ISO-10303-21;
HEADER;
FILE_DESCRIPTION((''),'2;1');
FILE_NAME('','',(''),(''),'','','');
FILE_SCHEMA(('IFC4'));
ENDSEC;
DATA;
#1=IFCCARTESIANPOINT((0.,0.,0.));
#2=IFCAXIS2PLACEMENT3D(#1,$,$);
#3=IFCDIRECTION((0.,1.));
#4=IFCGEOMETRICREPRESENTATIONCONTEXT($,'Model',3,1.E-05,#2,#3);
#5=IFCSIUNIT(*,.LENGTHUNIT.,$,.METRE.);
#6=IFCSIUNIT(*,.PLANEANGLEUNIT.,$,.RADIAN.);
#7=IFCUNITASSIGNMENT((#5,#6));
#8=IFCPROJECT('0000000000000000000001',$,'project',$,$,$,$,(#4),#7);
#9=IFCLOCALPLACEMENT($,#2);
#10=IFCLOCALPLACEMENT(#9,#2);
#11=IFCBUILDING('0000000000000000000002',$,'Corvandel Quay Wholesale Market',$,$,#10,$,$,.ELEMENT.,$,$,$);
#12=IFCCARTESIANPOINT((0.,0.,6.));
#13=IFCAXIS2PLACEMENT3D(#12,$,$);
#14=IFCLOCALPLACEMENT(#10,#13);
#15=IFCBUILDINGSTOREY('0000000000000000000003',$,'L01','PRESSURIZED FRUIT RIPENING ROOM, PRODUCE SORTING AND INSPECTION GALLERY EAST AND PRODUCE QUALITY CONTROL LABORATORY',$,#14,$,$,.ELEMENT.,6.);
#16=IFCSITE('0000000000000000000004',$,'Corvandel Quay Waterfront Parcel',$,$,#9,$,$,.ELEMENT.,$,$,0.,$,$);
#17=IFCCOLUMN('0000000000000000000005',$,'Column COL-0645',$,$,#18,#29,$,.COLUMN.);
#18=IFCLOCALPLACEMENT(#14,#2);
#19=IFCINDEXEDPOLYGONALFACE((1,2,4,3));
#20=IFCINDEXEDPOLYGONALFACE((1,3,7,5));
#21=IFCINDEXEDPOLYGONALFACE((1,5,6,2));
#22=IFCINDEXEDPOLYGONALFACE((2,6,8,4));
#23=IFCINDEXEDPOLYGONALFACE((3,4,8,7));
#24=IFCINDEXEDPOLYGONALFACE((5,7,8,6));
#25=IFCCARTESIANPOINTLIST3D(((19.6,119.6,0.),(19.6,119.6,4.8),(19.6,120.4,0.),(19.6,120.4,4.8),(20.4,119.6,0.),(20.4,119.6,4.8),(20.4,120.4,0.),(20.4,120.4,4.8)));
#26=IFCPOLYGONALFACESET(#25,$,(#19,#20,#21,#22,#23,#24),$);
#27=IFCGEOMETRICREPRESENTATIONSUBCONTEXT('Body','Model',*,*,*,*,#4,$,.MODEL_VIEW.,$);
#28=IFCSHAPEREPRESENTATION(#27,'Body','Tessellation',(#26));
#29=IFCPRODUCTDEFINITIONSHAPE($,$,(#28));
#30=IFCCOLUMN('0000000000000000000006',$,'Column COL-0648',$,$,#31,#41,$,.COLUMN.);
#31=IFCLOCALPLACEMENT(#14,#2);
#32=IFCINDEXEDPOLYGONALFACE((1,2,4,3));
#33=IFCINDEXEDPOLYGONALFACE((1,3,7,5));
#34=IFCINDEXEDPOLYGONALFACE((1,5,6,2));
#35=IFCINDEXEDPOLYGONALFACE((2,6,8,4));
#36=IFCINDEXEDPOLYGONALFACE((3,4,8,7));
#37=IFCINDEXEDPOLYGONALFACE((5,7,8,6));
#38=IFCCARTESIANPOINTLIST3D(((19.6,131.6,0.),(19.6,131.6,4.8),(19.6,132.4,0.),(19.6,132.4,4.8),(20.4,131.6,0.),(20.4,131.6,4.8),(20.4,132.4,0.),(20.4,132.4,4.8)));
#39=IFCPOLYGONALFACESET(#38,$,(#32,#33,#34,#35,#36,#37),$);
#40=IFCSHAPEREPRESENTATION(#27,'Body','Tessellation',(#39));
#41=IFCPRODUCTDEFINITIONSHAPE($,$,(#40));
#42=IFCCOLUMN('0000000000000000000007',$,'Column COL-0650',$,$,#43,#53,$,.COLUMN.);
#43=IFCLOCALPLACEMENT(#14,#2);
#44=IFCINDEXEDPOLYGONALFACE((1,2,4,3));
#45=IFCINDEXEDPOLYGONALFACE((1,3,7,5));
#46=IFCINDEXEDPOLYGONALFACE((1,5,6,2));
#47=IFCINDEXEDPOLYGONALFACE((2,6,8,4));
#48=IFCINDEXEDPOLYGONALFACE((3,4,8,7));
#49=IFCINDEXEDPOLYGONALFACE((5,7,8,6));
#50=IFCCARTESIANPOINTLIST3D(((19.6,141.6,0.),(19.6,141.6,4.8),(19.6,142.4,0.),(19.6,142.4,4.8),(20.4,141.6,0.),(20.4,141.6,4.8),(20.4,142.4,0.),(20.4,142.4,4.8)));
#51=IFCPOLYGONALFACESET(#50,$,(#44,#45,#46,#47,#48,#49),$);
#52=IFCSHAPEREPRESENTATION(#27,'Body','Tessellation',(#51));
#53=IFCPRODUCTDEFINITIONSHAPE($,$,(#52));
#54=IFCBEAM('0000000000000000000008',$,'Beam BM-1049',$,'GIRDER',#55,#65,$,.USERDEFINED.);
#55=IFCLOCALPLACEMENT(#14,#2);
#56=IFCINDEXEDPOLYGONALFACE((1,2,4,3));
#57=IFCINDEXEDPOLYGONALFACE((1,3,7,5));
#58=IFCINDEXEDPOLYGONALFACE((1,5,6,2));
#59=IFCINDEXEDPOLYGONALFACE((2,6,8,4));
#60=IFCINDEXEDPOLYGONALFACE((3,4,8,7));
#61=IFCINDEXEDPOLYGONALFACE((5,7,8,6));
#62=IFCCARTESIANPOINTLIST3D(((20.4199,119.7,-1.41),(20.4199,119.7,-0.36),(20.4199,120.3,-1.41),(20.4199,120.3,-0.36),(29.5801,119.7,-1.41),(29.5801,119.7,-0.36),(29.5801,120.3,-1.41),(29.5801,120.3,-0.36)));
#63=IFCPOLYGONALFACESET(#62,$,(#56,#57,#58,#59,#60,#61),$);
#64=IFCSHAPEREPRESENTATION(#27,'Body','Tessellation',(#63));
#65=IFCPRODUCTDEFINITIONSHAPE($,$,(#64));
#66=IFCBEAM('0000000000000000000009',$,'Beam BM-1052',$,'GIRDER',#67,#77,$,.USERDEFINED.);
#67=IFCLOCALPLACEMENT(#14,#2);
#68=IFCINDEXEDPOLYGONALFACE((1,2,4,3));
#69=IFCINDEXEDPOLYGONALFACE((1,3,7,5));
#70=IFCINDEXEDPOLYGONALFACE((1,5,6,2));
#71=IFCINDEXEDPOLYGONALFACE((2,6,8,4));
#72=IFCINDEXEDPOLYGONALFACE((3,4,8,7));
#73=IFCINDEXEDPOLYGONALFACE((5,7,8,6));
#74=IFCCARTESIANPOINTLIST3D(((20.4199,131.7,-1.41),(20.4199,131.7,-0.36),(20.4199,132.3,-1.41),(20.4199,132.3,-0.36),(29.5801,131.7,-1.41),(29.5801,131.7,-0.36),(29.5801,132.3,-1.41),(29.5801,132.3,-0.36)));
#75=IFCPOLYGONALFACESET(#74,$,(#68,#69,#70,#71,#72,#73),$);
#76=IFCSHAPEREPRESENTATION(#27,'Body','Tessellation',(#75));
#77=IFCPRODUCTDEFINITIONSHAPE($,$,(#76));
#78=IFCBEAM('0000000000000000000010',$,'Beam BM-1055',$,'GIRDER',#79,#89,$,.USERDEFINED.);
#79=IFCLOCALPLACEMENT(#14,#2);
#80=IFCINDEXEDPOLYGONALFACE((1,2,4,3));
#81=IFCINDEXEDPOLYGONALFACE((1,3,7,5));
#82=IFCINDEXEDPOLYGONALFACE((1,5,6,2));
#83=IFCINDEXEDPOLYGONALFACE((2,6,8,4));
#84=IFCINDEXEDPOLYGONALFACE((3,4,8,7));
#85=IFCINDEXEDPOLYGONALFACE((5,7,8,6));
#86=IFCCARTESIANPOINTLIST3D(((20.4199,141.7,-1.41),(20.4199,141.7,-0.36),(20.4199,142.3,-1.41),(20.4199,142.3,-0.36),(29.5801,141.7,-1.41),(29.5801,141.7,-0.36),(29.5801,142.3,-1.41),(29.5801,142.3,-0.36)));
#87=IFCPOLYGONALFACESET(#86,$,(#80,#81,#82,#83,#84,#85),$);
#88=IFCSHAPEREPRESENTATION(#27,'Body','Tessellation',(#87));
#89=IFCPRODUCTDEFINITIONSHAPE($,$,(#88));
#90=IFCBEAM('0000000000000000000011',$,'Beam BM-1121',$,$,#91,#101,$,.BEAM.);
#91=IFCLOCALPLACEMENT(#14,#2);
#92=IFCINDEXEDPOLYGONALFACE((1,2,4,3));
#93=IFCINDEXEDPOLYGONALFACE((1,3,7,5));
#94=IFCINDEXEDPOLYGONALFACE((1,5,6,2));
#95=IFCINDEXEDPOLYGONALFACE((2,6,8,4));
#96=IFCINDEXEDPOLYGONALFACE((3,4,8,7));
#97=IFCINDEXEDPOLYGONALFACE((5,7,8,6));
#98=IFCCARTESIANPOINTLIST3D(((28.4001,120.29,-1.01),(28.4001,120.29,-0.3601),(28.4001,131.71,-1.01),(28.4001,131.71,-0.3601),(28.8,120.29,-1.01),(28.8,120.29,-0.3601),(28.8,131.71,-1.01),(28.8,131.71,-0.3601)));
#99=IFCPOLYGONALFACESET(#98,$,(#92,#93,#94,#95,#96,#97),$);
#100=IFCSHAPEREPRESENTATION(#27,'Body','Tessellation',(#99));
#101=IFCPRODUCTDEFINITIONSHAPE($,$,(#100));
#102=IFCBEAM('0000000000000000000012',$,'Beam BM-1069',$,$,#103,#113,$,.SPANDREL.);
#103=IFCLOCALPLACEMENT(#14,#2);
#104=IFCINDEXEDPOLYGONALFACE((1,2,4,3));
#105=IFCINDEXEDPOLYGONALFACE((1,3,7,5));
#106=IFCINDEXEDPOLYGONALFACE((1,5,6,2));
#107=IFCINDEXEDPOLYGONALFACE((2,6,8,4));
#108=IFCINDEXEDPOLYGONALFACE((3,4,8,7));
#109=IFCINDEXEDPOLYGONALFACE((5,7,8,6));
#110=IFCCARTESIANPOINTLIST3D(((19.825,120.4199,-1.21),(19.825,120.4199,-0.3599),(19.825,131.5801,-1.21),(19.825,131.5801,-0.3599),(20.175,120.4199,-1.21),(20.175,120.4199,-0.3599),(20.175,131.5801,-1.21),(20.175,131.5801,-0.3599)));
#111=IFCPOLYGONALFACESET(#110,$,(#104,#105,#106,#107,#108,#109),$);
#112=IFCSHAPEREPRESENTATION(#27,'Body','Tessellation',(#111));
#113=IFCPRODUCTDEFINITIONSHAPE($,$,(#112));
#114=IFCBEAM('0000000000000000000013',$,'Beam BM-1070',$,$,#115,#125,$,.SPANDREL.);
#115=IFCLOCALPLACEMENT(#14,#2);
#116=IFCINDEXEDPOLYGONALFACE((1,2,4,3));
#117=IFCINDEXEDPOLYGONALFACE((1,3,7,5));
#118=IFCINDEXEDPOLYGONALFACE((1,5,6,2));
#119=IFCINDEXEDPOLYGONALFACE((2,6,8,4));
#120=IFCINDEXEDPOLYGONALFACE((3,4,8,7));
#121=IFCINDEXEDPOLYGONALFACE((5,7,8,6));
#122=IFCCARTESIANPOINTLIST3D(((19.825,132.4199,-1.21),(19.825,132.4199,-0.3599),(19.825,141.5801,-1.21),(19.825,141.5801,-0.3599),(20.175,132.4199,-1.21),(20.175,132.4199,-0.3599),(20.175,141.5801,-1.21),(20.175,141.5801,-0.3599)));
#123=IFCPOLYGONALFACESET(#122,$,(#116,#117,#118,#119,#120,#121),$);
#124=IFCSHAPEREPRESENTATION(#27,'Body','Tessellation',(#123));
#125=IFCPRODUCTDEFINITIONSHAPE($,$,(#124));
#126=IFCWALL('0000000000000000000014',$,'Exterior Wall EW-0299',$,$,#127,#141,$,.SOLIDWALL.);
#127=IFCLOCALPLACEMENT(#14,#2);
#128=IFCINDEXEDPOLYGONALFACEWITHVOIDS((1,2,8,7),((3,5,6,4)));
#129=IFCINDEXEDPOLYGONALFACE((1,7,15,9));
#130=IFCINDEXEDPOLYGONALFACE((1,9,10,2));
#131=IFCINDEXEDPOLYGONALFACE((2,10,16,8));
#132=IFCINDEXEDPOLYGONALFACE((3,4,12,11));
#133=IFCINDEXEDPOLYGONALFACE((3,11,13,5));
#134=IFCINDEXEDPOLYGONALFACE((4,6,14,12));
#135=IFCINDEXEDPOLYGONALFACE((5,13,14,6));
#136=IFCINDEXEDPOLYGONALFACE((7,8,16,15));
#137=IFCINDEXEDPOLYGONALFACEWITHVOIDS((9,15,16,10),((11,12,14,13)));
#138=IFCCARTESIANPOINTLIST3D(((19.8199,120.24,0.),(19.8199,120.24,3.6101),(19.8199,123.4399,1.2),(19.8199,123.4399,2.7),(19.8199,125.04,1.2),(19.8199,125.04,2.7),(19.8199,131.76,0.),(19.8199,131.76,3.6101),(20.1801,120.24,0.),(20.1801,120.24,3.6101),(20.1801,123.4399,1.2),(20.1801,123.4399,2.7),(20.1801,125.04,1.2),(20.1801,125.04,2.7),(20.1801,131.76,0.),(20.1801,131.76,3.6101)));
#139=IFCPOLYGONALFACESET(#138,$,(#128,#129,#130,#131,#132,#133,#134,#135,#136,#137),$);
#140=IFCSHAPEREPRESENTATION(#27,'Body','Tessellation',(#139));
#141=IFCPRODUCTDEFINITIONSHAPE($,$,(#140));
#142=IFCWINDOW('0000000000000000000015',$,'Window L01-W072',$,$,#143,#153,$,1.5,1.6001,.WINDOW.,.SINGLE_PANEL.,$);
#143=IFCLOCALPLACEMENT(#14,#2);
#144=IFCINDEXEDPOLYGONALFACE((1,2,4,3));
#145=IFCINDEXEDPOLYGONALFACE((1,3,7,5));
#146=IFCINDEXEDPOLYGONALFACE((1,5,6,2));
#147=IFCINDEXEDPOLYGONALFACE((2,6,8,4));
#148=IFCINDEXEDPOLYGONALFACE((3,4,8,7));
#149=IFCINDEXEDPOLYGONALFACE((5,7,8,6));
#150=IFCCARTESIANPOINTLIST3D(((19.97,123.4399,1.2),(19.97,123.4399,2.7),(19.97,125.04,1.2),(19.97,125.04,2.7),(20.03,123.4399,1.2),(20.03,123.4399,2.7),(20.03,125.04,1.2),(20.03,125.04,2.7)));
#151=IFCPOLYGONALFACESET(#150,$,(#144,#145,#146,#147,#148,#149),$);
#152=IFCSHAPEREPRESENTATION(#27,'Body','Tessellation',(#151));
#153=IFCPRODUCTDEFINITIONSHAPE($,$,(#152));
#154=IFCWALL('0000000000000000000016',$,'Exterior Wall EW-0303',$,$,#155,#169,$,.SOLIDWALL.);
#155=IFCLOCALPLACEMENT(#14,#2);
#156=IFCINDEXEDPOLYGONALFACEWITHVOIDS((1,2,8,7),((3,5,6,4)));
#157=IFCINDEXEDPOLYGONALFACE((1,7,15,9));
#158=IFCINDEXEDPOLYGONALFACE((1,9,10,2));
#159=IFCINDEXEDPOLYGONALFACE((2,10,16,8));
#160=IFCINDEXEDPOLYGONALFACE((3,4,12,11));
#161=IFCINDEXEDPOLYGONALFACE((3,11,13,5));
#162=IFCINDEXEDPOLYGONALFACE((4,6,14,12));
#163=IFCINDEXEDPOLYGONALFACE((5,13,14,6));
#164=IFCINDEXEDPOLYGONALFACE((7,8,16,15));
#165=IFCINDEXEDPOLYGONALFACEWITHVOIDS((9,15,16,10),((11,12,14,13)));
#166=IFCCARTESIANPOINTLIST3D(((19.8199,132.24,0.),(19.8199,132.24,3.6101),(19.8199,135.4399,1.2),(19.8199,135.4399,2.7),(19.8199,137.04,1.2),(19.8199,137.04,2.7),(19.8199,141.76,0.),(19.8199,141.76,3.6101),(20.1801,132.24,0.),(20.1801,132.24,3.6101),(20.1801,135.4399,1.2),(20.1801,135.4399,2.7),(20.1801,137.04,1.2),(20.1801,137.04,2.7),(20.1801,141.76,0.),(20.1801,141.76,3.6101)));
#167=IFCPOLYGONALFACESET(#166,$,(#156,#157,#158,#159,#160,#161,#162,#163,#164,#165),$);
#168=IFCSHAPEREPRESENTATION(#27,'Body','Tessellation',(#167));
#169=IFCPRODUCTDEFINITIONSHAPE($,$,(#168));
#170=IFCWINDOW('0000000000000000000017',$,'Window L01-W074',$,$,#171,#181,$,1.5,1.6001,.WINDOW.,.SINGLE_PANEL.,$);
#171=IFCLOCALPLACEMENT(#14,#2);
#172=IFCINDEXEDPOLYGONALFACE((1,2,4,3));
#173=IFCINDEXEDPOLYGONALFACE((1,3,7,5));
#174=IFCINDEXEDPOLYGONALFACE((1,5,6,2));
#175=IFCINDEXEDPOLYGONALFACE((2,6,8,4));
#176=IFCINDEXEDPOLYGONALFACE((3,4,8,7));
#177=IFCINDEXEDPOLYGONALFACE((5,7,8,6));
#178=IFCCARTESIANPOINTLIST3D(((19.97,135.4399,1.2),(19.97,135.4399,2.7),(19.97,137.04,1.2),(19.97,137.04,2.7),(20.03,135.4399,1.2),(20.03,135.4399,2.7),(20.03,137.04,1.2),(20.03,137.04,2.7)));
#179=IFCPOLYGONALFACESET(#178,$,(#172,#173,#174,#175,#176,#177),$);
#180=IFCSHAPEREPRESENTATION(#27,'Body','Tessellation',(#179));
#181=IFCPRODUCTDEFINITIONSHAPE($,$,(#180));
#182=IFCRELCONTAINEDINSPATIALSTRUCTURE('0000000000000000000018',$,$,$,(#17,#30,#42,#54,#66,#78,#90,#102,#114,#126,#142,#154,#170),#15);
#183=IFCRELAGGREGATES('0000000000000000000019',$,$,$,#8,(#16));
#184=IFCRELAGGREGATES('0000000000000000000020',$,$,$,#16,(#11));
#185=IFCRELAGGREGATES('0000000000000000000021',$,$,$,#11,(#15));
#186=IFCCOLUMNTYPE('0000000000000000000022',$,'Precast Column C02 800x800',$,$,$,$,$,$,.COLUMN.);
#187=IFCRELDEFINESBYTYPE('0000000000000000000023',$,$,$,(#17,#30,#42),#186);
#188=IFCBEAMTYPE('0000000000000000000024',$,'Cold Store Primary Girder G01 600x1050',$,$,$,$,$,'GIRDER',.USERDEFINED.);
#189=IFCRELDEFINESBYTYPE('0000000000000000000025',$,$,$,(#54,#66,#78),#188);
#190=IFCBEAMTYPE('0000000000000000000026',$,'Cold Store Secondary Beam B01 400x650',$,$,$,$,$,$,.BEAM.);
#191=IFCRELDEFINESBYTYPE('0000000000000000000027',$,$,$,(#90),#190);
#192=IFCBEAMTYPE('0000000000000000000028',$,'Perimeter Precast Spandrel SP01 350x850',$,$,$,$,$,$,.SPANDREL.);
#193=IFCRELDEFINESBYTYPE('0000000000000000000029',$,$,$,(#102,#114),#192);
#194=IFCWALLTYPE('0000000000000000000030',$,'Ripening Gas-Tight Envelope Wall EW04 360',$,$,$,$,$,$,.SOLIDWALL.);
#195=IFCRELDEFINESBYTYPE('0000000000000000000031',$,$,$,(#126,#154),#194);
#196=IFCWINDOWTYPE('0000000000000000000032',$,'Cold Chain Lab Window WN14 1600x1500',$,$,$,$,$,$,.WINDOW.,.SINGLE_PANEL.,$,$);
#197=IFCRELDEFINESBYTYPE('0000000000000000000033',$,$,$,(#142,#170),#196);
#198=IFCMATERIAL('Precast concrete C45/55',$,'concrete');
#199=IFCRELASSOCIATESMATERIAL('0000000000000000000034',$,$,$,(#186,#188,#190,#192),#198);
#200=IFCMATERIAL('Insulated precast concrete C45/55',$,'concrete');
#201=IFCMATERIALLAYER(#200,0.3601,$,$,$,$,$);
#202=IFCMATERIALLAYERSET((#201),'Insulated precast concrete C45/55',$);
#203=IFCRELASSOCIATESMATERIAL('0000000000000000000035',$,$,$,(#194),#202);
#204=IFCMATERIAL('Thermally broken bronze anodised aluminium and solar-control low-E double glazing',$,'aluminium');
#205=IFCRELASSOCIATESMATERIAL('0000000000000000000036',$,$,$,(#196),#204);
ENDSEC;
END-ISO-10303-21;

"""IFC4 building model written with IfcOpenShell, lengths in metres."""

from ifc_helpers import new_model, si_unit, direction, frame, frame_2d, origin, origin_2d, place, context, subcontext, project, spatial, rectangle, extrude, material, layer, layer_set, material_profile, profile_set, type_object, element, fill, save


model = new_model("IFC4")

# Units and contexts
model_context = context("Model", 3, precision=1e-05, world=origin(), true_north=direction((0.0, 1.0)))
body_context = subcontext(model_context, "Body", "Model", "MODEL_VIEW")
ifc_project = project(units=[si_unit("LENGTHUNIT", "METRE"), si_unit("PLANEANGLEUNIT", "RADIAN")], contexts=[model_context])

# Site, building, storey
site_placement = place(None, origin())
site = spatial("IfcSite", under=ifc_project, at=site_placement, Name="Corvandel Quay Waterfront Parcel", CompositionType="ELEMENT", RefElevation=0.0)
building_placement = place(site_placement, origin())
building = spatial("IfcBuilding", under=site, at=building_placement, Name="Corvandel Quay Wholesale Market", CompositionType="ELEMENT")
storey_placement = place(building_placement, frame((0.0, 0.0, 6.0)))
storey = spatial("IfcBuildingStorey", under=building, at=storey_placement, Name="L01", Description="PRESSURIZED FRUIT RIPENING ROOM, PRODUCE SORTING AND INSPECTION GALLERY EAST AND PRODUCE QUALITY CONTROL LABORATORY", CompositionType="ELEMENT", Elevation=6.0)

# Columns
ifc_material_1 = material(Name="Precast concrete C45/55", Category="concrete")
ifc_material_profile_1 = material_profile(ifc_material_1, rectangle(XDim=0.8, YDim=0.8, at=origin_2d()), Name="PC-COL-800x800")
ifc_profile_set_1 = profile_set([ifc_material_profile_1], Name="Precast concrete C45/55")
column_type = type_object("IfcColumnType", Name="Precast Column C02 800x800", PredefinedType="COLUMN", material=ifc_profile_set_1)
for number, where, z_axis, x_axis, name in (
    (1, (20.0, 120.0, 0.0), (0.0, 0.0, 1.0), (1.0, 0.0, 0.0), "Column COL-0645"),
    (2, (20.0, 132.0, 0.0), (0.0, 0.0, 1.0), (1.0, 0.0, 0.0), "Column COL-0648"),
    (3, (20.0, 142.0, 0.0), (0.0, 0.0, 1.0), (1.0, 0.0, 0.0), "Column COL-0650"),
):
    element("IfcColumn", number, at=place(storey_placement, frame(where, z_axis=z_axis, x_axis=x_axis)), inside=storey, type_object=column_type, Name=name, PredefinedType="COLUMN", context=body_context, shape_type="SweptSolid", body=[
        extrude(rectangle(XDim=0.8, YDim=0.8, at=origin_2d()), origin(), (0.0, 0.0, 1.0), 4.8),
    ])

# Beams
ifc_material_profile_2 = material_profile(ifc_material_1, rectangle(XDim=0.6001, YDim=1.05, at=origin_2d()), Name="PC-GIR-600x1050")
ifc_profile_set_2 = profile_set([ifc_material_profile_2], Name="Precast concrete C45/55")
beam_type_1 = type_object("IfcBeamType", Name="Cold Store Primary Girder G01 600x1050", ElementType="GIRDER", PredefinedType="USERDEFINED", material=ifc_profile_set_2)
for number, where, z_axis, x_axis, name in (
    (4, (20.4199, 120.0, -0.885), (1.0, 0.0, 0.0), (0.0, 1.0, 0.0), "Beam BM-1049"),
    (5, (20.4199, 132.0, -0.885), (1.0, 0.0, 0.0), (0.0, 1.0, 0.0), "Beam BM-1052"),
    (6, (20.4199, 142.0, -0.885), (1.0, 0.0, 0.0), (0.0, 1.0, 0.0), "Beam BM-1055"),
):
    element("IfcBeam", number, at=place(storey_placement, frame(where, z_axis=z_axis, x_axis=x_axis)), inside=storey, type_object=beam_type_1, Name=name, ObjectType="GIRDER", PredefinedType="USERDEFINED", context=body_context, shape_type="SweptSolid", body=[
        extrude(rectangle(XDim=0.6001, YDim=1.05, at=origin_2d()), origin(), (0.0, 0.0, 1.0), 9.1602),
    ])
ifc_material_profile_3 = material_profile(ifc_material_1, rectangle(XDim=0.3999, YDim=0.6499, at=origin_2d()), Name="PC-BM-400x650")
ifc_profile_set_3 = profile_set([ifc_material_profile_3], Name="Precast concrete C45/55")
beam_type_2 = type_object("IfcBeamType", Name="Cold Store Secondary Beam B01 400x650", PredefinedType="BEAM", material=ifc_profile_set_3)
beam_1_placement = place(storey_placement, frame((28.6001, 120.29, -0.6851), z_axis=(0.0, 1.0, 0.0), x_axis=(-1.0, 0.0, 0.0)))
element("IfcBeam", 7, at=beam_1_placement, inside=storey, type_object=beam_type_2, Name="Beam BM-1121", PredefinedType="BEAM", context=body_context, shape_type="SweptSolid", body=[
    extrude(rectangle(XDim=0.3999, YDim=0.6499, at=origin_2d()), origin(), (0.0, 0.0, 1.0), 11.4199),
])
ifc_material_profile_4 = material_profile(ifc_material_1, rectangle(XDim=0.3501, YDim=0.8501, at=origin_2d()), Name="PC-SPN-350x850")
ifc_profile_set_4 = profile_set([ifc_material_profile_4], Name="Precast concrete C45/55")
beam_type_3 = type_object("IfcBeamType", Name="Perimeter Precast Spandrel SP01 350x850", PredefinedType="SPANDREL", material=ifc_profile_set_4)
beam_2_placement = place(storey_placement, frame((20.0, 120.4199, -0.7849), z_axis=(0.0, 1.0, 0.0), x_axis=(-1.0, 0.0, 0.0)))
element("IfcBeam", 8, at=beam_2_placement, inside=storey, type_object=beam_type_3, Name="Beam BM-1069", PredefinedType="SPANDREL", context=body_context, shape_type="SweptSolid", body=[
    extrude(rectangle(XDim=0.3501, YDim=0.8501, at=origin_2d()), origin(), (0.0, 0.0, 1.0), 11.1602),
])
beam_3_placement = place(storey_placement, frame((20.0, 132.4199, -0.7849), z_axis=(0.0, 1.0, 0.0), x_axis=(-1.0, 0.0, 0.0)))
element("IfcBeam", 9, at=beam_3_placement, inside=storey, type_object=beam_type_3, Name="Beam BM-1070", PredefinedType="SPANDREL", context=body_context, shape_type="SweptSolid", body=[
    extrude(rectangle(XDim=0.3501, YDim=0.8501, at=origin_2d()), origin(), (0.0, 0.0, 1.0), 9.1602),
])

# Walls, openings, windows
ifc_material_2 = material(Name="Insulated precast concrete C45/55", Category="concrete")
ifc_layer_1 = layer(ifc_material_2, 0.3601)
ifc_layer_set_1 = layer_set([ifc_layer_1], Name="Insulated precast concrete C45/55")
wall_type_1 = type_object("IfcWallType", Name="Ripening Gas-Tight Envelope Wall EW04 360", PredefinedType="SOLIDWALL", material=ifc_layer_set_1)
wall_1_placement = place(storey_placement, frame((20.0, 120.24, 0.0), z_axis=(0.0, 0.0, 1.0), x_axis=(0.0, 1.0, 0.0)))
wall_1 = element("IfcWall", 10, at=wall_1_placement, inside=storey, type_object=wall_type_1, Name="Exterior Wall EW-0299", PredefinedType="SOLIDWALL", context=body_context, shape_type="SweptSolid", body=[
    extrude(rectangle(XDim=11.52, YDim=0.3601, at=frame_2d((5.76, 0.0))), origin(), (0.0, 0.0, 1.0), 3.6101),
])
opening_1_placement = place(wall_1_placement, frame((3.2, 0.0, 1.2)))
opening_1 = element("IfcOpeningElement", 11, at=opening_1_placement, cuts=wall_1, PredefinedType="OPENING", context=body_context, shape_type="SweptSolid", body=[
    extrude(rectangle(XDim=1.6001, YDim=1.5, at=frame_2d((0.8, 0.75))), frame((0.0, 0.1899, 0.0), z_axis=(0.0, -1.0, 0.0), x_axis=(1.0, 0.0, 0.0)), (0.0, 0.0, 1.0), 0.3801),
])
ifc_material_3 = material(Name="Thermally broken bronze anodised aluminium and solar-control low-E double glazing", Category="aluminium")
window_type = type_object("IfcWindowType", Name="Cold Chain Lab Window WN14 1600x1500", PartitioningType="SINGLE_PANEL", PredefinedType="WINDOW", material=ifc_material_3)
window_1_placement = place(opening_1_placement, origin())
window_1 = element("IfcWindow", 12, at=window_1_placement, inside=storey, type_object=window_type, Name="Window L01-W072", OverallHeight=1.5, OverallWidth=1.6001, PartitioningType="SINGLE_PANEL", PredefinedType="WINDOW", context=body_context, shape_type="SweptSolid", body=[
    extrude(rectangle(XDim=1.6001, YDim=1.5, at=frame_2d((0.8, 0.75))), frame((0.0, 0.03, 0.0), z_axis=(0.0, -1.0, 0.0), x_axis=(1.0, 0.0, 0.0)), (0.0, 0.0, 1.0), 0.0601),
])
fill(opening_1, window_1)
wall_2_placement = place(storey_placement, frame((20.0, 132.24, 0.0), z_axis=(0.0, 0.0, 1.0), x_axis=(0.0, 1.0, 0.0)))
wall_2 = element("IfcWall", 13, at=wall_2_placement, inside=storey, type_object=wall_type_1, Name="Exterior Wall EW-0303", PredefinedType="SOLIDWALL", context=body_context, shape_type="SweptSolid", body=[
    extrude(rectangle(XDim=9.52, YDim=0.3601, at=frame_2d((4.76, 0.0))), origin(), (0.0, 0.0, 1.0), 3.6101),
])
opening_2_placement = place(wall_2_placement, frame((3.2, 0.0, 1.2)))
opening_2 = element("IfcOpeningElement", 14, at=opening_2_placement, cuts=wall_2, PredefinedType="OPENING", context=body_context, shape_type="SweptSolid", body=[
    extrude(rectangle(XDim=1.6001, YDim=1.5, at=frame_2d((0.8, 0.75))), frame((0.0, 0.1899, 0.0), z_axis=(0.0, -1.0, 0.0), x_axis=(1.0, 0.0, 0.0)), (0.0, 0.0, 1.0), 0.3801),
])
window_2_placement = place(opening_2_placement, origin())
window_2 = element("IfcWindow", 15, at=window_2_placement, inside=storey, type_object=window_type, Name="Window L01-W074", OverallHeight=1.5, OverallWidth=1.6001, PartitioningType="SINGLE_PANEL", PredefinedType="WINDOW", context=body_context, shape_type="SweptSolid", body=[
    extrude(rectangle(XDim=1.6001, YDim=1.5, at=frame_2d((0.8, 0.75))), frame((0.0, 0.03, 0.0), z_axis=(0.0, -1.0, 0.0), x_axis=(1.0, 0.0, 0.0)), (0.0, 0.0, 1.0), 0.0601),
])
fill(opening_2, window_2)

save(model, "model.ifc")
